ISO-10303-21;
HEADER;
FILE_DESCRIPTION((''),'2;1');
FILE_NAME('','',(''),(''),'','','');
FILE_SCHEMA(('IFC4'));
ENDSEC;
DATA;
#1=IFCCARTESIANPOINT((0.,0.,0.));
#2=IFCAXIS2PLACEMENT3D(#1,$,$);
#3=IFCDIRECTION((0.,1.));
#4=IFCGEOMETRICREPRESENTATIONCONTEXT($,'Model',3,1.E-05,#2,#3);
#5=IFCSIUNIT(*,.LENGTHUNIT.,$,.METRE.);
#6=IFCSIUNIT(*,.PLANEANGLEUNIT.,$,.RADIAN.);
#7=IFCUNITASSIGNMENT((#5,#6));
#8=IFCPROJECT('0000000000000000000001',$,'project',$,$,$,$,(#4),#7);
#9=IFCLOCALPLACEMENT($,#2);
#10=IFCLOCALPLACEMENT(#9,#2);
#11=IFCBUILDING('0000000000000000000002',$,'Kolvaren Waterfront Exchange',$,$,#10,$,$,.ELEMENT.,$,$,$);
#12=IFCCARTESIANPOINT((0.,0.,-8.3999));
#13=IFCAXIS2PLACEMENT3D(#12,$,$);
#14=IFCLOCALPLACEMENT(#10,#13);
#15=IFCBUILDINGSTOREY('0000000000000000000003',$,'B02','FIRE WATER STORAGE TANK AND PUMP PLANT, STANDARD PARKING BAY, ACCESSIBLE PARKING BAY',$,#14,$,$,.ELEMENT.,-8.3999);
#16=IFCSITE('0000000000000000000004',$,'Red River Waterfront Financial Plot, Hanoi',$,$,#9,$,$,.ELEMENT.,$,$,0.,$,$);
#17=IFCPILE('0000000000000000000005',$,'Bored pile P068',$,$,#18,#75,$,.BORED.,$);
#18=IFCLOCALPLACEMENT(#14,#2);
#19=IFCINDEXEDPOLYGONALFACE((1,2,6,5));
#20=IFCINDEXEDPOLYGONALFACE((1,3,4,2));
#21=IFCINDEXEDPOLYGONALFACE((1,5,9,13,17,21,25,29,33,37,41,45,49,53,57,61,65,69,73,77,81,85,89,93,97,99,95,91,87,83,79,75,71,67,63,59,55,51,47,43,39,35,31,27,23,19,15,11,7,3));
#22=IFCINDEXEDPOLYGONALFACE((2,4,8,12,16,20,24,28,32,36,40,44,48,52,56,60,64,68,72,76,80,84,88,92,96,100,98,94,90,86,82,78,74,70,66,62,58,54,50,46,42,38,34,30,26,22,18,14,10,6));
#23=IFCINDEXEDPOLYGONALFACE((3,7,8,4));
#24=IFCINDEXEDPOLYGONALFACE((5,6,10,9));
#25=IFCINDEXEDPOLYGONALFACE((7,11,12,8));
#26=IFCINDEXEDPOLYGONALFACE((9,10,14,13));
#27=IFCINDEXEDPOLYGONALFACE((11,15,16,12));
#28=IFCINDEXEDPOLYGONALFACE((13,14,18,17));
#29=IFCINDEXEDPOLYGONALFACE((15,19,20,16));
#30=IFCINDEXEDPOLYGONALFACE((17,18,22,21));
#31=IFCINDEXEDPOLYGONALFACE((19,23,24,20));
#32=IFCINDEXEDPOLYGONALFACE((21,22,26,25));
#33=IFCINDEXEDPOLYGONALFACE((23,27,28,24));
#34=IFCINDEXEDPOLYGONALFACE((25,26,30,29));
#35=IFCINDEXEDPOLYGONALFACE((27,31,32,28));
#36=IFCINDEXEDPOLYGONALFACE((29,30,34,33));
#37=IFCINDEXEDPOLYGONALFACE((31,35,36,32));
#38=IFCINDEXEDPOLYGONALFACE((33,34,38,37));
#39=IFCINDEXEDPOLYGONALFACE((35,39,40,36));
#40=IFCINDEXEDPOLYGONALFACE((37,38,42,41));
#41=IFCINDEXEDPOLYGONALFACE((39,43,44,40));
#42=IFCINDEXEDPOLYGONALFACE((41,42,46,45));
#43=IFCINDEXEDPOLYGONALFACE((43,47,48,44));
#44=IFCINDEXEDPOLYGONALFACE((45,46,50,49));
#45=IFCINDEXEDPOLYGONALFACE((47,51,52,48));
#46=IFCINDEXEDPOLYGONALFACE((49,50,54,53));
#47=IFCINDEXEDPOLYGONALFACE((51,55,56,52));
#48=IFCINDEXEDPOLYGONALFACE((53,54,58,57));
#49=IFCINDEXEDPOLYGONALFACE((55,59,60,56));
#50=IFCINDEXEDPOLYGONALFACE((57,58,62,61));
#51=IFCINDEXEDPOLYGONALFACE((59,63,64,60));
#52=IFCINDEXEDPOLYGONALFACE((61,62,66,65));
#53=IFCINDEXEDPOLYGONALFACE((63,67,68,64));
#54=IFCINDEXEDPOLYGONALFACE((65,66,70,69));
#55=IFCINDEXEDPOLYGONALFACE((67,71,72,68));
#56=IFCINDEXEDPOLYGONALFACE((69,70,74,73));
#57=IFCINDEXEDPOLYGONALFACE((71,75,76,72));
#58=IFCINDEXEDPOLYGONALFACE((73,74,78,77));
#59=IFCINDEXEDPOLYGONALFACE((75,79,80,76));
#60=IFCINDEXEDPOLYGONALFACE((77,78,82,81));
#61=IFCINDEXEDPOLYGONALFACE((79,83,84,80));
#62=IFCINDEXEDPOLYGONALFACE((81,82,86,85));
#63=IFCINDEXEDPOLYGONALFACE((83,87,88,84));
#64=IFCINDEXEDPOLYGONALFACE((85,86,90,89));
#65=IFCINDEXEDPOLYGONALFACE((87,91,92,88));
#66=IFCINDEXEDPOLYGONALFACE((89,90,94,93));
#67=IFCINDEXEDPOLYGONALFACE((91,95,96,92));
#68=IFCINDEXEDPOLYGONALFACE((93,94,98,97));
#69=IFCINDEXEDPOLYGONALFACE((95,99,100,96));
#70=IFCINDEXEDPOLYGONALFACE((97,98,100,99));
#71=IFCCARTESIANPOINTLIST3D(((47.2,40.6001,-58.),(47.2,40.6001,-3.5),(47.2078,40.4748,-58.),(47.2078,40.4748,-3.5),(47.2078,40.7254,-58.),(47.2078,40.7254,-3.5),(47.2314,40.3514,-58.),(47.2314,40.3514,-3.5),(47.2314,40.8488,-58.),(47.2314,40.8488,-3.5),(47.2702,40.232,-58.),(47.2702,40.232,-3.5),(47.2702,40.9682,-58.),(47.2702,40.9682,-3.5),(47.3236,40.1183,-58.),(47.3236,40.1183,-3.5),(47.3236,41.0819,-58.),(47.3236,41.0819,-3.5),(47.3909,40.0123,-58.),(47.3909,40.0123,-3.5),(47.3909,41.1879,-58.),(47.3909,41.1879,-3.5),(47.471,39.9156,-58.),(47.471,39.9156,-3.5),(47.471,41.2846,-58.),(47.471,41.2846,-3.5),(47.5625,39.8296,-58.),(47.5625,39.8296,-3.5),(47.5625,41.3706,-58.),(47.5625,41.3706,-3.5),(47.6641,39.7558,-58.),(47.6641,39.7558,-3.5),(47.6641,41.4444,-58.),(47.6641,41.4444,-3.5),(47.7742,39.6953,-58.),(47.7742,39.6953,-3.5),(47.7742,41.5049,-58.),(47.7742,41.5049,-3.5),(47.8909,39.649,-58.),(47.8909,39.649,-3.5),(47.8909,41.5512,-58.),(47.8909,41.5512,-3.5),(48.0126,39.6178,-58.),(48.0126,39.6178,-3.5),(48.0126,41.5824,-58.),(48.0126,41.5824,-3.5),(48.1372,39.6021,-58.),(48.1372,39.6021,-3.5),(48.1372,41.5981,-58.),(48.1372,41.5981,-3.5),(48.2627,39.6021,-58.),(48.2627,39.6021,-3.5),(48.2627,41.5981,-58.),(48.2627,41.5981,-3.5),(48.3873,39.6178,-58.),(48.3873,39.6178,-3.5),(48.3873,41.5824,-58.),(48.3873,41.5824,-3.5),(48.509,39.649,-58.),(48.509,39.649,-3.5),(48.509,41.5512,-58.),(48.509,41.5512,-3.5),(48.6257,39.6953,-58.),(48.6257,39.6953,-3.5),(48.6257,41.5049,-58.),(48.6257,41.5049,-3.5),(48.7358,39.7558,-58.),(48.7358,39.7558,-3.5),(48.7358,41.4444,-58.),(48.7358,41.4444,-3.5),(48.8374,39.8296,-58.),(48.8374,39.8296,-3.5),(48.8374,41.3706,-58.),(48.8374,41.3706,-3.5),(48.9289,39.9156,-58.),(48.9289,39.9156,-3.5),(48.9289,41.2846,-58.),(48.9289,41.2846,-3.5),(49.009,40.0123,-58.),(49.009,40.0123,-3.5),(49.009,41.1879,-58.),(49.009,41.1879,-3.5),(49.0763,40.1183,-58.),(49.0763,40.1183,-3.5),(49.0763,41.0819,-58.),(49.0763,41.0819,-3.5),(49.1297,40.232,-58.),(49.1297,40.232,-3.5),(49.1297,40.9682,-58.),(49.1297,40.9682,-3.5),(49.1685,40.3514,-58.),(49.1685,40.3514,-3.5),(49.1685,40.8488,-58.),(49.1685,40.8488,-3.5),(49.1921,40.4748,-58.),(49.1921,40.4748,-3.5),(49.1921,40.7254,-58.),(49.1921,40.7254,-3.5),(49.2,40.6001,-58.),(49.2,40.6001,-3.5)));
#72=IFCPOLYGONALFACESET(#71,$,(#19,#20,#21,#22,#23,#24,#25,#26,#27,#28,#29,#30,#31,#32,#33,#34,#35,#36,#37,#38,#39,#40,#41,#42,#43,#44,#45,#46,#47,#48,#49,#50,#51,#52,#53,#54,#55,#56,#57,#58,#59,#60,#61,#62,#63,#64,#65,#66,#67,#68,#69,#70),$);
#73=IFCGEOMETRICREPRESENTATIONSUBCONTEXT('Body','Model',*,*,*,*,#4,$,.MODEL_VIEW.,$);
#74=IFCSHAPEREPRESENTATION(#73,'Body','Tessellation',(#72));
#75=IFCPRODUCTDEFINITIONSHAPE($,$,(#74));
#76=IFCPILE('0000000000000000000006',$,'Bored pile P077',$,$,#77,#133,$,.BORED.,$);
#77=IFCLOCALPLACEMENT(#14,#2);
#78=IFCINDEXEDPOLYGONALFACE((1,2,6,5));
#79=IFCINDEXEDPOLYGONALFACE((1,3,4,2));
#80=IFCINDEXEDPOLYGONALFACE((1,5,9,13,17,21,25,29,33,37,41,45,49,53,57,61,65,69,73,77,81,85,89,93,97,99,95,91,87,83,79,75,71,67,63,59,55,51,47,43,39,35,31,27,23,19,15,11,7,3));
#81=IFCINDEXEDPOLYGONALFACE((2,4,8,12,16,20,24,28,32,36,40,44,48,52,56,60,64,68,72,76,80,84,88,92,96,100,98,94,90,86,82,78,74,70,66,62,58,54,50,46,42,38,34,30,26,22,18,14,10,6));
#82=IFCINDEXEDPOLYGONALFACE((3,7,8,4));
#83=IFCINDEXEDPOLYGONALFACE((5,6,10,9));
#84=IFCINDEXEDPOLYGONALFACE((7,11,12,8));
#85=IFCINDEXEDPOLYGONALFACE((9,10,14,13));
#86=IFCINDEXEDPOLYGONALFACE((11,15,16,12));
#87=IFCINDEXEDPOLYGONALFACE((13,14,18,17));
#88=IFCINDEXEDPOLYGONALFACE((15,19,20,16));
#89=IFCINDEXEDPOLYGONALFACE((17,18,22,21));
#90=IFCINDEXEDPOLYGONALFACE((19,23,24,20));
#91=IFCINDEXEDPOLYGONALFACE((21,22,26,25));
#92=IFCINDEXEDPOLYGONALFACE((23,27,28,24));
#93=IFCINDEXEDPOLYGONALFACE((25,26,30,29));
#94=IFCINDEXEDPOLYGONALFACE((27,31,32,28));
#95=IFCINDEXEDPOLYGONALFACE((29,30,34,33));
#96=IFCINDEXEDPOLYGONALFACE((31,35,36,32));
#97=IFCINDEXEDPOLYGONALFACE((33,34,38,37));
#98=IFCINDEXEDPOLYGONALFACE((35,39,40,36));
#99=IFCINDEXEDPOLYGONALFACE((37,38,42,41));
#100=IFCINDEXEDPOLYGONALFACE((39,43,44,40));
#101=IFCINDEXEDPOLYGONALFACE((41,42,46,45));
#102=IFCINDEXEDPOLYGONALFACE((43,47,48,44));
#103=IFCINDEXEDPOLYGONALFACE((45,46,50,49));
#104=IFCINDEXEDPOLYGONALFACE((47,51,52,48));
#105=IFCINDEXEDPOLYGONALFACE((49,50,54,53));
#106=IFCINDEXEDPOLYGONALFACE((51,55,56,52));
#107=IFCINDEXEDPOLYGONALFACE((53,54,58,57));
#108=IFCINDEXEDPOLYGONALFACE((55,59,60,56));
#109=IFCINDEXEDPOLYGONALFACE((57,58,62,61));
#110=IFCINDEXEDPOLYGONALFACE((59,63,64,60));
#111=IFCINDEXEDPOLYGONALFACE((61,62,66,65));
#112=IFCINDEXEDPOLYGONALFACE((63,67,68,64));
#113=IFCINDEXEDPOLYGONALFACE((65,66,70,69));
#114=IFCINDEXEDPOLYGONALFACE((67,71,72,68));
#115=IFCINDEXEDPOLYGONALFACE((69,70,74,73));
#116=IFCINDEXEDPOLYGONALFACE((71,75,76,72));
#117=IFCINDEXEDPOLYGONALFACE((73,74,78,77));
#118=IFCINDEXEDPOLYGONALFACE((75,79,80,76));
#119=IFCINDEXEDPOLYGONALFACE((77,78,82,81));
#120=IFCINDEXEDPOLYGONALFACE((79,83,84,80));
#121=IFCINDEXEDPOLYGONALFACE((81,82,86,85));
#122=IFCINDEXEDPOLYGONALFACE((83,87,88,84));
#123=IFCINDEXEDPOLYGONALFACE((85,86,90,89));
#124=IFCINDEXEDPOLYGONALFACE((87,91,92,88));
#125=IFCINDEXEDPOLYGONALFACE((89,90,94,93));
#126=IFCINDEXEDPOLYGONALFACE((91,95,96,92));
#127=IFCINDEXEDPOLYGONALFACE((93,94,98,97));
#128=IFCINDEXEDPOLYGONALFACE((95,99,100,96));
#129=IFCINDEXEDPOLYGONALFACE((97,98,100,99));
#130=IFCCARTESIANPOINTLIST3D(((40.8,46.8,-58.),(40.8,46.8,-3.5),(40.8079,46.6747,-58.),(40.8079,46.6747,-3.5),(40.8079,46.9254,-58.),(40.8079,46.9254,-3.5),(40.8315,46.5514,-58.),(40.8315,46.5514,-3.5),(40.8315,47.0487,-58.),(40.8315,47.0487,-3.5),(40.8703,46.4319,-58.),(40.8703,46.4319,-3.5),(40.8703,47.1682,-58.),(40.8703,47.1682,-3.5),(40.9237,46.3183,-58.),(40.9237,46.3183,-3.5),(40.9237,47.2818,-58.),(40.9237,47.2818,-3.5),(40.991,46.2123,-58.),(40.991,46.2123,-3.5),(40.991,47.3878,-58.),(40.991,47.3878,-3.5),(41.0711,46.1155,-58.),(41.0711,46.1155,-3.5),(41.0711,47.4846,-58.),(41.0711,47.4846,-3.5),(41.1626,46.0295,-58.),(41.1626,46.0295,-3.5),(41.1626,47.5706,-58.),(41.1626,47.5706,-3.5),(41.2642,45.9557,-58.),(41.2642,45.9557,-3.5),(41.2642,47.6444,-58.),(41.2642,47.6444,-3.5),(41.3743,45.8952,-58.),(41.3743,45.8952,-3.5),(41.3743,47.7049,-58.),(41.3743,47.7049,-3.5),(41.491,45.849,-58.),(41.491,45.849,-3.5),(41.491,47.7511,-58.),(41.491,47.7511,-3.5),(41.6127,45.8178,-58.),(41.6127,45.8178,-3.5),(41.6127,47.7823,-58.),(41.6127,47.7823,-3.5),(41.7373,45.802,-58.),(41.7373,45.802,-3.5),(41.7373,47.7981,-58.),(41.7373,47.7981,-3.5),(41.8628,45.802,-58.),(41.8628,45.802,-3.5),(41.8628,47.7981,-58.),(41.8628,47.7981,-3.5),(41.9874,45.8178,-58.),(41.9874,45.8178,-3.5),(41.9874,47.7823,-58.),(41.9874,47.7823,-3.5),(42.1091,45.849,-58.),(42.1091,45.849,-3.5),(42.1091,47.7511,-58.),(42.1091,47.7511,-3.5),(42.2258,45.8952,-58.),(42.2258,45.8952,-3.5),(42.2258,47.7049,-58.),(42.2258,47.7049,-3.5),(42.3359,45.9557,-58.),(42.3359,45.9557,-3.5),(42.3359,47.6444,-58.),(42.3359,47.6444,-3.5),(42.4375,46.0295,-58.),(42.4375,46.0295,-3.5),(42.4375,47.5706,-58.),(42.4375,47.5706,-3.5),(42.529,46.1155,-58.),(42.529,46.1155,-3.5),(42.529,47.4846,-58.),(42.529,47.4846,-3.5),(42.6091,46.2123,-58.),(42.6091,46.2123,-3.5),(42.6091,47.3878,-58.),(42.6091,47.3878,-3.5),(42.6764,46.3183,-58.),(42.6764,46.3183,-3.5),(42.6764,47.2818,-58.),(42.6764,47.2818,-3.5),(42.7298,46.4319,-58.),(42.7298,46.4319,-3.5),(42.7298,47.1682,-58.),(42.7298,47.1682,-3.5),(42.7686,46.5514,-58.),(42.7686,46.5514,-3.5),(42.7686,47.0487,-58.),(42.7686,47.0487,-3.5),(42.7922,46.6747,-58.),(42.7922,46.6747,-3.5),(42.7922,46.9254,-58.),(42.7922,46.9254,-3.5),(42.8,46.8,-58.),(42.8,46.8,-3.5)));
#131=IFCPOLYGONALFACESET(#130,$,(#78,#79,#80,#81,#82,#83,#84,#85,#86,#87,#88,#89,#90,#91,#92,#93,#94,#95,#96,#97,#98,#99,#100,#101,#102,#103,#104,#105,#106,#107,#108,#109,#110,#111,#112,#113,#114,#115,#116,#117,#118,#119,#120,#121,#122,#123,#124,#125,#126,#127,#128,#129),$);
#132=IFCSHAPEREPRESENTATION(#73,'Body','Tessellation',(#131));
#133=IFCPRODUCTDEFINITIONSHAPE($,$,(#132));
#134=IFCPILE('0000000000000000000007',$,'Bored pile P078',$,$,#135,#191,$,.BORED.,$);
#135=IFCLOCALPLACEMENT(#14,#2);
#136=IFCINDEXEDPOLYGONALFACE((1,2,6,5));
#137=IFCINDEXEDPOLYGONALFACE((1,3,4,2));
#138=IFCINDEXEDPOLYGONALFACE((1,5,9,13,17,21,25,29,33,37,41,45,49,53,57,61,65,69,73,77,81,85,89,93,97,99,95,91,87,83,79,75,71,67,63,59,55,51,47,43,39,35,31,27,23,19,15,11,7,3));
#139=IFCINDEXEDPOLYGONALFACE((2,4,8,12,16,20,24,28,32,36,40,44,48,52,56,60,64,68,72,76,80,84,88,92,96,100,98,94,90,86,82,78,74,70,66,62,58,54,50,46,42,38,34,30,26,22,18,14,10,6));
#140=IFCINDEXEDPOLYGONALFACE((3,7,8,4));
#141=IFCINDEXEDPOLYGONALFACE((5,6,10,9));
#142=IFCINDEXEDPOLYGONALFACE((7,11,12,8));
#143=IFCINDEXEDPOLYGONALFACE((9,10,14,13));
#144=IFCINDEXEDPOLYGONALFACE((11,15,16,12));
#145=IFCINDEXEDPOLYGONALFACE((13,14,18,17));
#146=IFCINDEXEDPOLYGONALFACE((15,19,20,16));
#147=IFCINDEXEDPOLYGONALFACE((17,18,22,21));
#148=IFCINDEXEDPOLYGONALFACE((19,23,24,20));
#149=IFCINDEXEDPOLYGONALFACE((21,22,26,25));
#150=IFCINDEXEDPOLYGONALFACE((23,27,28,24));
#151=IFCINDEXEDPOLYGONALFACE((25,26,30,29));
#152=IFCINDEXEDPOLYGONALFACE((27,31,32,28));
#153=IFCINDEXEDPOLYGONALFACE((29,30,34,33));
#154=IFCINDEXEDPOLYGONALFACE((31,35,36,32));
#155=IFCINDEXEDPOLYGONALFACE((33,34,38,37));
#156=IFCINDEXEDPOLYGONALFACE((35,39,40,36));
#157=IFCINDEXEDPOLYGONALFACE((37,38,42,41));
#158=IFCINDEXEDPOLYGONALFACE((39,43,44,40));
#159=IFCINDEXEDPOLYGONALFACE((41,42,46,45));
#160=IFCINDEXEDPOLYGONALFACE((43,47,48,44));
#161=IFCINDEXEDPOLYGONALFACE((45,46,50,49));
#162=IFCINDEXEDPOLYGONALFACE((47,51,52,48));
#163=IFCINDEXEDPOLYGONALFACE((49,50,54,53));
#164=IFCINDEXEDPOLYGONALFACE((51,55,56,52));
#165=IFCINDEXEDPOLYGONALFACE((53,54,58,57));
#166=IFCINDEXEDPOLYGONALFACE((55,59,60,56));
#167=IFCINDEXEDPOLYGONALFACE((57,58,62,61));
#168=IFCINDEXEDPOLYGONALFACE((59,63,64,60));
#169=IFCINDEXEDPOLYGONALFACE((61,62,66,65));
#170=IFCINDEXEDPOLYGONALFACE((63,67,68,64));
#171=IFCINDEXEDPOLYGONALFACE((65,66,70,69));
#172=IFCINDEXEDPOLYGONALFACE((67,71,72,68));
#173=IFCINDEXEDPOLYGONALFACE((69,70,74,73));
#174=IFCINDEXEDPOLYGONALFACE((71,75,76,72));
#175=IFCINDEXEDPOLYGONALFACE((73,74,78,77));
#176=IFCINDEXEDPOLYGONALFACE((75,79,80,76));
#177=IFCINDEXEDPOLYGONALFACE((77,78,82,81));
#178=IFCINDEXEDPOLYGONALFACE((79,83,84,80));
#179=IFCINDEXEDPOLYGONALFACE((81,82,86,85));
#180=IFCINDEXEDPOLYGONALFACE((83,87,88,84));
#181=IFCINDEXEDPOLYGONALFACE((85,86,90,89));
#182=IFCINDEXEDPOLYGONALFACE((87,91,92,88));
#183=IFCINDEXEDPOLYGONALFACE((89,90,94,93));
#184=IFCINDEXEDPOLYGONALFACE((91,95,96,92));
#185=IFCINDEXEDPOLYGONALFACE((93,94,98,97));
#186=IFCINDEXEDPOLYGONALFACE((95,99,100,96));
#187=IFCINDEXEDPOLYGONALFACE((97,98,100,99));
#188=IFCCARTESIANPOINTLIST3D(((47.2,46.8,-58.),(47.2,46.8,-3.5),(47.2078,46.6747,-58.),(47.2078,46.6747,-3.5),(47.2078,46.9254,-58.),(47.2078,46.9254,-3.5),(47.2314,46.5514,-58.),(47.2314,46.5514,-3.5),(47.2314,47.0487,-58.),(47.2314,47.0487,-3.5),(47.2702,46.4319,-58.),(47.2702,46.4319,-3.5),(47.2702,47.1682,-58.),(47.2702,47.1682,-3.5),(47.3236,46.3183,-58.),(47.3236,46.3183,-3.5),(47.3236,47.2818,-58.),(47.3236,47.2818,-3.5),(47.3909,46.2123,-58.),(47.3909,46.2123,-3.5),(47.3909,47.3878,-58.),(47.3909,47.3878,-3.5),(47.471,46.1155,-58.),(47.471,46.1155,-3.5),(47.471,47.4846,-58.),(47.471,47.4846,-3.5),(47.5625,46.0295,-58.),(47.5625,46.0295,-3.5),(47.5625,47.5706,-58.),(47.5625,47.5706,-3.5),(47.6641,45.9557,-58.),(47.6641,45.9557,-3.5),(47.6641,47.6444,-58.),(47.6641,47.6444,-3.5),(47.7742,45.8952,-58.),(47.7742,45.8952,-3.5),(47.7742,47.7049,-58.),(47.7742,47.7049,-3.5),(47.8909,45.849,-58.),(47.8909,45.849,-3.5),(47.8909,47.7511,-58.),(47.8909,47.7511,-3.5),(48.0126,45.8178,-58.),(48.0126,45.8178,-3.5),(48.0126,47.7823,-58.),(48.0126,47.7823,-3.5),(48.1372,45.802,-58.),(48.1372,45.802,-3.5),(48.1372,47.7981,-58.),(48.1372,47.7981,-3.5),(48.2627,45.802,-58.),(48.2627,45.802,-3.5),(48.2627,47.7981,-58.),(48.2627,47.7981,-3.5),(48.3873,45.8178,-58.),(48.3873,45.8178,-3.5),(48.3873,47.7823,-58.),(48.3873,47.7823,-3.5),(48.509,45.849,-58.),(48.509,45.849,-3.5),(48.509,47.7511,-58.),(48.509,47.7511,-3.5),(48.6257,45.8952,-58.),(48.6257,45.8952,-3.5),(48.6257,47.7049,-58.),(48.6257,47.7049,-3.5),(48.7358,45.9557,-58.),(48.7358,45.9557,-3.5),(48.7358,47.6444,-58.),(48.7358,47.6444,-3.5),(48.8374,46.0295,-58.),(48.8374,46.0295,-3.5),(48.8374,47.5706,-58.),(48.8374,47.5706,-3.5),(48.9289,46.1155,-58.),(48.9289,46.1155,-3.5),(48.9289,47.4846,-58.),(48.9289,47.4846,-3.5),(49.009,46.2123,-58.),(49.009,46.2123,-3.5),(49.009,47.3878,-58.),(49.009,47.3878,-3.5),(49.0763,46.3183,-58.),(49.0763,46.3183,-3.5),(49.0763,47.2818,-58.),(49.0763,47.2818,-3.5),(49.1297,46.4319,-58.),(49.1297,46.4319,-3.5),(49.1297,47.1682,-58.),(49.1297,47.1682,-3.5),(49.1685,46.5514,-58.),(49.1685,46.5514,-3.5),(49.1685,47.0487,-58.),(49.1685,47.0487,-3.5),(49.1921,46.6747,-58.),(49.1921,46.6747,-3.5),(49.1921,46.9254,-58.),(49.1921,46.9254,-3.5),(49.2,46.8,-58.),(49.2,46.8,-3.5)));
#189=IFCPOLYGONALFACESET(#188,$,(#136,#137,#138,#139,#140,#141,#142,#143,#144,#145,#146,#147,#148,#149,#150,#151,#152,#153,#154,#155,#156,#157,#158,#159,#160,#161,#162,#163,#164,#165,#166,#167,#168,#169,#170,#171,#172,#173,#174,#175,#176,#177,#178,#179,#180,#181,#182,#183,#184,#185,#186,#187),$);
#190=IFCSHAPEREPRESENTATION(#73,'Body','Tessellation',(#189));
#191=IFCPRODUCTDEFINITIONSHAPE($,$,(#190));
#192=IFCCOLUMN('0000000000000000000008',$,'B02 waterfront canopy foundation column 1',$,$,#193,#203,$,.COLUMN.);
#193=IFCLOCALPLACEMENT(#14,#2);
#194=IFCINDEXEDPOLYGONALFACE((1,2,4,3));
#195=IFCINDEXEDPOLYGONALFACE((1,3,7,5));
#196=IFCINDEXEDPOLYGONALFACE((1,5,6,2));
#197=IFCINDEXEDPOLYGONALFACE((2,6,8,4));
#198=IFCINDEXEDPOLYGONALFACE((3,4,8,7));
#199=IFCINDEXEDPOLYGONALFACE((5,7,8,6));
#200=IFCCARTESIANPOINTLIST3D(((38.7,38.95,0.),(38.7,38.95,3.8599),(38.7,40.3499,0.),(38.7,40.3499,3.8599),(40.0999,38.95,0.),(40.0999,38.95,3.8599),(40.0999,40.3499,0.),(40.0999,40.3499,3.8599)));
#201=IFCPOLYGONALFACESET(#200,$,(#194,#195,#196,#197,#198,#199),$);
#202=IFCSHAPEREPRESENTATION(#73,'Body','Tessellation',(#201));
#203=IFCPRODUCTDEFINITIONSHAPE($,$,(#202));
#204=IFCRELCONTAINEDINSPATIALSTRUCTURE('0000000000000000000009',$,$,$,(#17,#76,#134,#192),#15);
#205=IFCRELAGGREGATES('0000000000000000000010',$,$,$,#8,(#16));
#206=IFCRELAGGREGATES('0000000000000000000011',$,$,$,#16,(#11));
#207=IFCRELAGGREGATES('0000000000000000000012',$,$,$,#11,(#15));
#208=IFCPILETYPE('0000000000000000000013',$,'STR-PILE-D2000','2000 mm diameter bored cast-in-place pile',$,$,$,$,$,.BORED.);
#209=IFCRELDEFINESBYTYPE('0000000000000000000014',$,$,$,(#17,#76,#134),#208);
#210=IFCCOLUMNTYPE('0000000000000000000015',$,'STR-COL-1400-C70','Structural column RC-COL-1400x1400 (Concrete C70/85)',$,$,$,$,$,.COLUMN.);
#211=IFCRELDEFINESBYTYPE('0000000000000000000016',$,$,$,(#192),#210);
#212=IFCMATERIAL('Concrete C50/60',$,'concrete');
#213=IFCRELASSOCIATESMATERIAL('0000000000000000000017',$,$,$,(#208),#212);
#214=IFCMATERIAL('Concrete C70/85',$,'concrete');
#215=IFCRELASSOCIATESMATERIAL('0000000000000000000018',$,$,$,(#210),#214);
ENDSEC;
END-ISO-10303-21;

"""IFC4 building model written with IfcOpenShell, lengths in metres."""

from ifc_helpers import new_model, si_unit, direction, frame, origin, origin_2d, place, context, subcontext, project, spatial, rectangle, circle, extrude, material, material_profile, profile_set, type_object, element, save


model = new_model("IFC4")

# Units and contexts
model_context = context("Model", 3, precision=1e-05, world=origin(), true_north=direction((0.0, 1.0)))
body_context = subcontext(model_context, "Body", "Model", "MODEL_VIEW")
ifc_project = project(units=[si_unit("LENGTHUNIT", "METRE"), si_unit("PLANEANGLEUNIT", "RADIAN")], contexts=[model_context])

# Site, building, storey
site_placement = place(None, origin())
site = spatial("IfcSite", under=ifc_project, at=site_placement, Name="Red River Waterfront Financial Plot, Hanoi", CompositionType="ELEMENT", RefElevation=0.0)
building_placement = place(site_placement, origin())
building = spatial("IfcBuilding", under=site, at=building_placement, Name="Kolvaren Waterfront Exchange", CompositionType="ELEMENT")
storey_placement = place(building_placement, frame((0.0, 0.0, -8.3999)))
storey = spatial("IfcBuildingStorey", under=building, at=storey_placement, Name="B02", Description="FIRE WATER STORAGE TANK AND PUMP PLANT, STANDARD PARKING BAY, ACCESSIBLE PARKING BAY", CompositionType="ELEMENT", Elevation=-8.3999)

# Piles
ifc_material_1 = material(Name="Concrete C50/60", Category="concrete")
ifc_material_profile_1 = material_profile(ifc_material_1, circle(Radius=1.0, at=origin_2d()), Name="RC-PILE-D2000")
ifc_profile_set_1 = profile_set([ifc_material_profile_1], Name="Concrete C50/60")
pile_type_1 = type_object("IfcPileType", Name="STR-PILE-D2000", Description="2000 mm diameter bored cast-in-place pile", PredefinedType="BORED", material=ifc_profile_set_1)
for number, where, z_axis, x_axis, name in (
    (1, (48.2, 40.6001, -3.5), (0.0, 0.0, -1.0), (1.0, 0.0, 0.0), "Bored pile P068"),
    (2, (41.8, 46.8, -3.5), (0.0, 0.0, -1.0), (1.0, 0.0, 0.0), "Bored pile P077"),
    (3, (48.2, 46.8, -3.5), (0.0, 0.0, -1.0), (1.0, 0.0, 0.0), "Bored pile P078"),
):
    element("IfcPile", number, at=place(storey_placement, frame(where, z_axis=z_axis, x_axis=x_axis)), inside=storey, type_object=pile_type_1, Name=name, PredefinedType="BORED", context=body_context, shape_type="SweptSolid", body=[
        extrude(circle(Radius=1.0, at=origin_2d()), origin(), (0.0, 0.0, 1.0), 54.5),
    ])

# Column
ifc_material_2 = material(Name="Concrete C70/85", Category="concrete")
ifc_material_profile_2 = material_profile(ifc_material_2, rectangle(XDim=1.3999, YDim=1.3999, at=origin_2d()), Name="RC-COL-1400x1400")
ifc_profile_set_2 = profile_set([ifc_material_profile_2], Name="Concrete C70/85")
column_type = type_object("IfcColumnType", Name="STR-COL-1400-C70", Description="Structural column RC-COL-1400x1400 (Concrete C70/85)", PredefinedType="COLUMN", material=ifc_profile_set_2)
for number, where, z_axis, x_axis, name in (
    (4, (39.3999, 39.6499, 0.0), (0.0, 0.0, 1.0), (1.0, 0.0, 0.0), "B02 waterfront canopy foundation column 1"),
):
    element("IfcColumn", number, at=place(storey_placement, frame(where, z_axis=z_axis, x_axis=x_axis)), inside=storey, type_object=column_type, Name=name, PredefinedType="COLUMN", context=body_context, shape_type="SweptSolid", body=[
        extrude(rectangle(XDim=1.3999, YDim=1.3999, at=origin_2d()), origin(), (0.0, 0.0, 1.0), 3.8599),
    ])

save(model, "model.ifc")
